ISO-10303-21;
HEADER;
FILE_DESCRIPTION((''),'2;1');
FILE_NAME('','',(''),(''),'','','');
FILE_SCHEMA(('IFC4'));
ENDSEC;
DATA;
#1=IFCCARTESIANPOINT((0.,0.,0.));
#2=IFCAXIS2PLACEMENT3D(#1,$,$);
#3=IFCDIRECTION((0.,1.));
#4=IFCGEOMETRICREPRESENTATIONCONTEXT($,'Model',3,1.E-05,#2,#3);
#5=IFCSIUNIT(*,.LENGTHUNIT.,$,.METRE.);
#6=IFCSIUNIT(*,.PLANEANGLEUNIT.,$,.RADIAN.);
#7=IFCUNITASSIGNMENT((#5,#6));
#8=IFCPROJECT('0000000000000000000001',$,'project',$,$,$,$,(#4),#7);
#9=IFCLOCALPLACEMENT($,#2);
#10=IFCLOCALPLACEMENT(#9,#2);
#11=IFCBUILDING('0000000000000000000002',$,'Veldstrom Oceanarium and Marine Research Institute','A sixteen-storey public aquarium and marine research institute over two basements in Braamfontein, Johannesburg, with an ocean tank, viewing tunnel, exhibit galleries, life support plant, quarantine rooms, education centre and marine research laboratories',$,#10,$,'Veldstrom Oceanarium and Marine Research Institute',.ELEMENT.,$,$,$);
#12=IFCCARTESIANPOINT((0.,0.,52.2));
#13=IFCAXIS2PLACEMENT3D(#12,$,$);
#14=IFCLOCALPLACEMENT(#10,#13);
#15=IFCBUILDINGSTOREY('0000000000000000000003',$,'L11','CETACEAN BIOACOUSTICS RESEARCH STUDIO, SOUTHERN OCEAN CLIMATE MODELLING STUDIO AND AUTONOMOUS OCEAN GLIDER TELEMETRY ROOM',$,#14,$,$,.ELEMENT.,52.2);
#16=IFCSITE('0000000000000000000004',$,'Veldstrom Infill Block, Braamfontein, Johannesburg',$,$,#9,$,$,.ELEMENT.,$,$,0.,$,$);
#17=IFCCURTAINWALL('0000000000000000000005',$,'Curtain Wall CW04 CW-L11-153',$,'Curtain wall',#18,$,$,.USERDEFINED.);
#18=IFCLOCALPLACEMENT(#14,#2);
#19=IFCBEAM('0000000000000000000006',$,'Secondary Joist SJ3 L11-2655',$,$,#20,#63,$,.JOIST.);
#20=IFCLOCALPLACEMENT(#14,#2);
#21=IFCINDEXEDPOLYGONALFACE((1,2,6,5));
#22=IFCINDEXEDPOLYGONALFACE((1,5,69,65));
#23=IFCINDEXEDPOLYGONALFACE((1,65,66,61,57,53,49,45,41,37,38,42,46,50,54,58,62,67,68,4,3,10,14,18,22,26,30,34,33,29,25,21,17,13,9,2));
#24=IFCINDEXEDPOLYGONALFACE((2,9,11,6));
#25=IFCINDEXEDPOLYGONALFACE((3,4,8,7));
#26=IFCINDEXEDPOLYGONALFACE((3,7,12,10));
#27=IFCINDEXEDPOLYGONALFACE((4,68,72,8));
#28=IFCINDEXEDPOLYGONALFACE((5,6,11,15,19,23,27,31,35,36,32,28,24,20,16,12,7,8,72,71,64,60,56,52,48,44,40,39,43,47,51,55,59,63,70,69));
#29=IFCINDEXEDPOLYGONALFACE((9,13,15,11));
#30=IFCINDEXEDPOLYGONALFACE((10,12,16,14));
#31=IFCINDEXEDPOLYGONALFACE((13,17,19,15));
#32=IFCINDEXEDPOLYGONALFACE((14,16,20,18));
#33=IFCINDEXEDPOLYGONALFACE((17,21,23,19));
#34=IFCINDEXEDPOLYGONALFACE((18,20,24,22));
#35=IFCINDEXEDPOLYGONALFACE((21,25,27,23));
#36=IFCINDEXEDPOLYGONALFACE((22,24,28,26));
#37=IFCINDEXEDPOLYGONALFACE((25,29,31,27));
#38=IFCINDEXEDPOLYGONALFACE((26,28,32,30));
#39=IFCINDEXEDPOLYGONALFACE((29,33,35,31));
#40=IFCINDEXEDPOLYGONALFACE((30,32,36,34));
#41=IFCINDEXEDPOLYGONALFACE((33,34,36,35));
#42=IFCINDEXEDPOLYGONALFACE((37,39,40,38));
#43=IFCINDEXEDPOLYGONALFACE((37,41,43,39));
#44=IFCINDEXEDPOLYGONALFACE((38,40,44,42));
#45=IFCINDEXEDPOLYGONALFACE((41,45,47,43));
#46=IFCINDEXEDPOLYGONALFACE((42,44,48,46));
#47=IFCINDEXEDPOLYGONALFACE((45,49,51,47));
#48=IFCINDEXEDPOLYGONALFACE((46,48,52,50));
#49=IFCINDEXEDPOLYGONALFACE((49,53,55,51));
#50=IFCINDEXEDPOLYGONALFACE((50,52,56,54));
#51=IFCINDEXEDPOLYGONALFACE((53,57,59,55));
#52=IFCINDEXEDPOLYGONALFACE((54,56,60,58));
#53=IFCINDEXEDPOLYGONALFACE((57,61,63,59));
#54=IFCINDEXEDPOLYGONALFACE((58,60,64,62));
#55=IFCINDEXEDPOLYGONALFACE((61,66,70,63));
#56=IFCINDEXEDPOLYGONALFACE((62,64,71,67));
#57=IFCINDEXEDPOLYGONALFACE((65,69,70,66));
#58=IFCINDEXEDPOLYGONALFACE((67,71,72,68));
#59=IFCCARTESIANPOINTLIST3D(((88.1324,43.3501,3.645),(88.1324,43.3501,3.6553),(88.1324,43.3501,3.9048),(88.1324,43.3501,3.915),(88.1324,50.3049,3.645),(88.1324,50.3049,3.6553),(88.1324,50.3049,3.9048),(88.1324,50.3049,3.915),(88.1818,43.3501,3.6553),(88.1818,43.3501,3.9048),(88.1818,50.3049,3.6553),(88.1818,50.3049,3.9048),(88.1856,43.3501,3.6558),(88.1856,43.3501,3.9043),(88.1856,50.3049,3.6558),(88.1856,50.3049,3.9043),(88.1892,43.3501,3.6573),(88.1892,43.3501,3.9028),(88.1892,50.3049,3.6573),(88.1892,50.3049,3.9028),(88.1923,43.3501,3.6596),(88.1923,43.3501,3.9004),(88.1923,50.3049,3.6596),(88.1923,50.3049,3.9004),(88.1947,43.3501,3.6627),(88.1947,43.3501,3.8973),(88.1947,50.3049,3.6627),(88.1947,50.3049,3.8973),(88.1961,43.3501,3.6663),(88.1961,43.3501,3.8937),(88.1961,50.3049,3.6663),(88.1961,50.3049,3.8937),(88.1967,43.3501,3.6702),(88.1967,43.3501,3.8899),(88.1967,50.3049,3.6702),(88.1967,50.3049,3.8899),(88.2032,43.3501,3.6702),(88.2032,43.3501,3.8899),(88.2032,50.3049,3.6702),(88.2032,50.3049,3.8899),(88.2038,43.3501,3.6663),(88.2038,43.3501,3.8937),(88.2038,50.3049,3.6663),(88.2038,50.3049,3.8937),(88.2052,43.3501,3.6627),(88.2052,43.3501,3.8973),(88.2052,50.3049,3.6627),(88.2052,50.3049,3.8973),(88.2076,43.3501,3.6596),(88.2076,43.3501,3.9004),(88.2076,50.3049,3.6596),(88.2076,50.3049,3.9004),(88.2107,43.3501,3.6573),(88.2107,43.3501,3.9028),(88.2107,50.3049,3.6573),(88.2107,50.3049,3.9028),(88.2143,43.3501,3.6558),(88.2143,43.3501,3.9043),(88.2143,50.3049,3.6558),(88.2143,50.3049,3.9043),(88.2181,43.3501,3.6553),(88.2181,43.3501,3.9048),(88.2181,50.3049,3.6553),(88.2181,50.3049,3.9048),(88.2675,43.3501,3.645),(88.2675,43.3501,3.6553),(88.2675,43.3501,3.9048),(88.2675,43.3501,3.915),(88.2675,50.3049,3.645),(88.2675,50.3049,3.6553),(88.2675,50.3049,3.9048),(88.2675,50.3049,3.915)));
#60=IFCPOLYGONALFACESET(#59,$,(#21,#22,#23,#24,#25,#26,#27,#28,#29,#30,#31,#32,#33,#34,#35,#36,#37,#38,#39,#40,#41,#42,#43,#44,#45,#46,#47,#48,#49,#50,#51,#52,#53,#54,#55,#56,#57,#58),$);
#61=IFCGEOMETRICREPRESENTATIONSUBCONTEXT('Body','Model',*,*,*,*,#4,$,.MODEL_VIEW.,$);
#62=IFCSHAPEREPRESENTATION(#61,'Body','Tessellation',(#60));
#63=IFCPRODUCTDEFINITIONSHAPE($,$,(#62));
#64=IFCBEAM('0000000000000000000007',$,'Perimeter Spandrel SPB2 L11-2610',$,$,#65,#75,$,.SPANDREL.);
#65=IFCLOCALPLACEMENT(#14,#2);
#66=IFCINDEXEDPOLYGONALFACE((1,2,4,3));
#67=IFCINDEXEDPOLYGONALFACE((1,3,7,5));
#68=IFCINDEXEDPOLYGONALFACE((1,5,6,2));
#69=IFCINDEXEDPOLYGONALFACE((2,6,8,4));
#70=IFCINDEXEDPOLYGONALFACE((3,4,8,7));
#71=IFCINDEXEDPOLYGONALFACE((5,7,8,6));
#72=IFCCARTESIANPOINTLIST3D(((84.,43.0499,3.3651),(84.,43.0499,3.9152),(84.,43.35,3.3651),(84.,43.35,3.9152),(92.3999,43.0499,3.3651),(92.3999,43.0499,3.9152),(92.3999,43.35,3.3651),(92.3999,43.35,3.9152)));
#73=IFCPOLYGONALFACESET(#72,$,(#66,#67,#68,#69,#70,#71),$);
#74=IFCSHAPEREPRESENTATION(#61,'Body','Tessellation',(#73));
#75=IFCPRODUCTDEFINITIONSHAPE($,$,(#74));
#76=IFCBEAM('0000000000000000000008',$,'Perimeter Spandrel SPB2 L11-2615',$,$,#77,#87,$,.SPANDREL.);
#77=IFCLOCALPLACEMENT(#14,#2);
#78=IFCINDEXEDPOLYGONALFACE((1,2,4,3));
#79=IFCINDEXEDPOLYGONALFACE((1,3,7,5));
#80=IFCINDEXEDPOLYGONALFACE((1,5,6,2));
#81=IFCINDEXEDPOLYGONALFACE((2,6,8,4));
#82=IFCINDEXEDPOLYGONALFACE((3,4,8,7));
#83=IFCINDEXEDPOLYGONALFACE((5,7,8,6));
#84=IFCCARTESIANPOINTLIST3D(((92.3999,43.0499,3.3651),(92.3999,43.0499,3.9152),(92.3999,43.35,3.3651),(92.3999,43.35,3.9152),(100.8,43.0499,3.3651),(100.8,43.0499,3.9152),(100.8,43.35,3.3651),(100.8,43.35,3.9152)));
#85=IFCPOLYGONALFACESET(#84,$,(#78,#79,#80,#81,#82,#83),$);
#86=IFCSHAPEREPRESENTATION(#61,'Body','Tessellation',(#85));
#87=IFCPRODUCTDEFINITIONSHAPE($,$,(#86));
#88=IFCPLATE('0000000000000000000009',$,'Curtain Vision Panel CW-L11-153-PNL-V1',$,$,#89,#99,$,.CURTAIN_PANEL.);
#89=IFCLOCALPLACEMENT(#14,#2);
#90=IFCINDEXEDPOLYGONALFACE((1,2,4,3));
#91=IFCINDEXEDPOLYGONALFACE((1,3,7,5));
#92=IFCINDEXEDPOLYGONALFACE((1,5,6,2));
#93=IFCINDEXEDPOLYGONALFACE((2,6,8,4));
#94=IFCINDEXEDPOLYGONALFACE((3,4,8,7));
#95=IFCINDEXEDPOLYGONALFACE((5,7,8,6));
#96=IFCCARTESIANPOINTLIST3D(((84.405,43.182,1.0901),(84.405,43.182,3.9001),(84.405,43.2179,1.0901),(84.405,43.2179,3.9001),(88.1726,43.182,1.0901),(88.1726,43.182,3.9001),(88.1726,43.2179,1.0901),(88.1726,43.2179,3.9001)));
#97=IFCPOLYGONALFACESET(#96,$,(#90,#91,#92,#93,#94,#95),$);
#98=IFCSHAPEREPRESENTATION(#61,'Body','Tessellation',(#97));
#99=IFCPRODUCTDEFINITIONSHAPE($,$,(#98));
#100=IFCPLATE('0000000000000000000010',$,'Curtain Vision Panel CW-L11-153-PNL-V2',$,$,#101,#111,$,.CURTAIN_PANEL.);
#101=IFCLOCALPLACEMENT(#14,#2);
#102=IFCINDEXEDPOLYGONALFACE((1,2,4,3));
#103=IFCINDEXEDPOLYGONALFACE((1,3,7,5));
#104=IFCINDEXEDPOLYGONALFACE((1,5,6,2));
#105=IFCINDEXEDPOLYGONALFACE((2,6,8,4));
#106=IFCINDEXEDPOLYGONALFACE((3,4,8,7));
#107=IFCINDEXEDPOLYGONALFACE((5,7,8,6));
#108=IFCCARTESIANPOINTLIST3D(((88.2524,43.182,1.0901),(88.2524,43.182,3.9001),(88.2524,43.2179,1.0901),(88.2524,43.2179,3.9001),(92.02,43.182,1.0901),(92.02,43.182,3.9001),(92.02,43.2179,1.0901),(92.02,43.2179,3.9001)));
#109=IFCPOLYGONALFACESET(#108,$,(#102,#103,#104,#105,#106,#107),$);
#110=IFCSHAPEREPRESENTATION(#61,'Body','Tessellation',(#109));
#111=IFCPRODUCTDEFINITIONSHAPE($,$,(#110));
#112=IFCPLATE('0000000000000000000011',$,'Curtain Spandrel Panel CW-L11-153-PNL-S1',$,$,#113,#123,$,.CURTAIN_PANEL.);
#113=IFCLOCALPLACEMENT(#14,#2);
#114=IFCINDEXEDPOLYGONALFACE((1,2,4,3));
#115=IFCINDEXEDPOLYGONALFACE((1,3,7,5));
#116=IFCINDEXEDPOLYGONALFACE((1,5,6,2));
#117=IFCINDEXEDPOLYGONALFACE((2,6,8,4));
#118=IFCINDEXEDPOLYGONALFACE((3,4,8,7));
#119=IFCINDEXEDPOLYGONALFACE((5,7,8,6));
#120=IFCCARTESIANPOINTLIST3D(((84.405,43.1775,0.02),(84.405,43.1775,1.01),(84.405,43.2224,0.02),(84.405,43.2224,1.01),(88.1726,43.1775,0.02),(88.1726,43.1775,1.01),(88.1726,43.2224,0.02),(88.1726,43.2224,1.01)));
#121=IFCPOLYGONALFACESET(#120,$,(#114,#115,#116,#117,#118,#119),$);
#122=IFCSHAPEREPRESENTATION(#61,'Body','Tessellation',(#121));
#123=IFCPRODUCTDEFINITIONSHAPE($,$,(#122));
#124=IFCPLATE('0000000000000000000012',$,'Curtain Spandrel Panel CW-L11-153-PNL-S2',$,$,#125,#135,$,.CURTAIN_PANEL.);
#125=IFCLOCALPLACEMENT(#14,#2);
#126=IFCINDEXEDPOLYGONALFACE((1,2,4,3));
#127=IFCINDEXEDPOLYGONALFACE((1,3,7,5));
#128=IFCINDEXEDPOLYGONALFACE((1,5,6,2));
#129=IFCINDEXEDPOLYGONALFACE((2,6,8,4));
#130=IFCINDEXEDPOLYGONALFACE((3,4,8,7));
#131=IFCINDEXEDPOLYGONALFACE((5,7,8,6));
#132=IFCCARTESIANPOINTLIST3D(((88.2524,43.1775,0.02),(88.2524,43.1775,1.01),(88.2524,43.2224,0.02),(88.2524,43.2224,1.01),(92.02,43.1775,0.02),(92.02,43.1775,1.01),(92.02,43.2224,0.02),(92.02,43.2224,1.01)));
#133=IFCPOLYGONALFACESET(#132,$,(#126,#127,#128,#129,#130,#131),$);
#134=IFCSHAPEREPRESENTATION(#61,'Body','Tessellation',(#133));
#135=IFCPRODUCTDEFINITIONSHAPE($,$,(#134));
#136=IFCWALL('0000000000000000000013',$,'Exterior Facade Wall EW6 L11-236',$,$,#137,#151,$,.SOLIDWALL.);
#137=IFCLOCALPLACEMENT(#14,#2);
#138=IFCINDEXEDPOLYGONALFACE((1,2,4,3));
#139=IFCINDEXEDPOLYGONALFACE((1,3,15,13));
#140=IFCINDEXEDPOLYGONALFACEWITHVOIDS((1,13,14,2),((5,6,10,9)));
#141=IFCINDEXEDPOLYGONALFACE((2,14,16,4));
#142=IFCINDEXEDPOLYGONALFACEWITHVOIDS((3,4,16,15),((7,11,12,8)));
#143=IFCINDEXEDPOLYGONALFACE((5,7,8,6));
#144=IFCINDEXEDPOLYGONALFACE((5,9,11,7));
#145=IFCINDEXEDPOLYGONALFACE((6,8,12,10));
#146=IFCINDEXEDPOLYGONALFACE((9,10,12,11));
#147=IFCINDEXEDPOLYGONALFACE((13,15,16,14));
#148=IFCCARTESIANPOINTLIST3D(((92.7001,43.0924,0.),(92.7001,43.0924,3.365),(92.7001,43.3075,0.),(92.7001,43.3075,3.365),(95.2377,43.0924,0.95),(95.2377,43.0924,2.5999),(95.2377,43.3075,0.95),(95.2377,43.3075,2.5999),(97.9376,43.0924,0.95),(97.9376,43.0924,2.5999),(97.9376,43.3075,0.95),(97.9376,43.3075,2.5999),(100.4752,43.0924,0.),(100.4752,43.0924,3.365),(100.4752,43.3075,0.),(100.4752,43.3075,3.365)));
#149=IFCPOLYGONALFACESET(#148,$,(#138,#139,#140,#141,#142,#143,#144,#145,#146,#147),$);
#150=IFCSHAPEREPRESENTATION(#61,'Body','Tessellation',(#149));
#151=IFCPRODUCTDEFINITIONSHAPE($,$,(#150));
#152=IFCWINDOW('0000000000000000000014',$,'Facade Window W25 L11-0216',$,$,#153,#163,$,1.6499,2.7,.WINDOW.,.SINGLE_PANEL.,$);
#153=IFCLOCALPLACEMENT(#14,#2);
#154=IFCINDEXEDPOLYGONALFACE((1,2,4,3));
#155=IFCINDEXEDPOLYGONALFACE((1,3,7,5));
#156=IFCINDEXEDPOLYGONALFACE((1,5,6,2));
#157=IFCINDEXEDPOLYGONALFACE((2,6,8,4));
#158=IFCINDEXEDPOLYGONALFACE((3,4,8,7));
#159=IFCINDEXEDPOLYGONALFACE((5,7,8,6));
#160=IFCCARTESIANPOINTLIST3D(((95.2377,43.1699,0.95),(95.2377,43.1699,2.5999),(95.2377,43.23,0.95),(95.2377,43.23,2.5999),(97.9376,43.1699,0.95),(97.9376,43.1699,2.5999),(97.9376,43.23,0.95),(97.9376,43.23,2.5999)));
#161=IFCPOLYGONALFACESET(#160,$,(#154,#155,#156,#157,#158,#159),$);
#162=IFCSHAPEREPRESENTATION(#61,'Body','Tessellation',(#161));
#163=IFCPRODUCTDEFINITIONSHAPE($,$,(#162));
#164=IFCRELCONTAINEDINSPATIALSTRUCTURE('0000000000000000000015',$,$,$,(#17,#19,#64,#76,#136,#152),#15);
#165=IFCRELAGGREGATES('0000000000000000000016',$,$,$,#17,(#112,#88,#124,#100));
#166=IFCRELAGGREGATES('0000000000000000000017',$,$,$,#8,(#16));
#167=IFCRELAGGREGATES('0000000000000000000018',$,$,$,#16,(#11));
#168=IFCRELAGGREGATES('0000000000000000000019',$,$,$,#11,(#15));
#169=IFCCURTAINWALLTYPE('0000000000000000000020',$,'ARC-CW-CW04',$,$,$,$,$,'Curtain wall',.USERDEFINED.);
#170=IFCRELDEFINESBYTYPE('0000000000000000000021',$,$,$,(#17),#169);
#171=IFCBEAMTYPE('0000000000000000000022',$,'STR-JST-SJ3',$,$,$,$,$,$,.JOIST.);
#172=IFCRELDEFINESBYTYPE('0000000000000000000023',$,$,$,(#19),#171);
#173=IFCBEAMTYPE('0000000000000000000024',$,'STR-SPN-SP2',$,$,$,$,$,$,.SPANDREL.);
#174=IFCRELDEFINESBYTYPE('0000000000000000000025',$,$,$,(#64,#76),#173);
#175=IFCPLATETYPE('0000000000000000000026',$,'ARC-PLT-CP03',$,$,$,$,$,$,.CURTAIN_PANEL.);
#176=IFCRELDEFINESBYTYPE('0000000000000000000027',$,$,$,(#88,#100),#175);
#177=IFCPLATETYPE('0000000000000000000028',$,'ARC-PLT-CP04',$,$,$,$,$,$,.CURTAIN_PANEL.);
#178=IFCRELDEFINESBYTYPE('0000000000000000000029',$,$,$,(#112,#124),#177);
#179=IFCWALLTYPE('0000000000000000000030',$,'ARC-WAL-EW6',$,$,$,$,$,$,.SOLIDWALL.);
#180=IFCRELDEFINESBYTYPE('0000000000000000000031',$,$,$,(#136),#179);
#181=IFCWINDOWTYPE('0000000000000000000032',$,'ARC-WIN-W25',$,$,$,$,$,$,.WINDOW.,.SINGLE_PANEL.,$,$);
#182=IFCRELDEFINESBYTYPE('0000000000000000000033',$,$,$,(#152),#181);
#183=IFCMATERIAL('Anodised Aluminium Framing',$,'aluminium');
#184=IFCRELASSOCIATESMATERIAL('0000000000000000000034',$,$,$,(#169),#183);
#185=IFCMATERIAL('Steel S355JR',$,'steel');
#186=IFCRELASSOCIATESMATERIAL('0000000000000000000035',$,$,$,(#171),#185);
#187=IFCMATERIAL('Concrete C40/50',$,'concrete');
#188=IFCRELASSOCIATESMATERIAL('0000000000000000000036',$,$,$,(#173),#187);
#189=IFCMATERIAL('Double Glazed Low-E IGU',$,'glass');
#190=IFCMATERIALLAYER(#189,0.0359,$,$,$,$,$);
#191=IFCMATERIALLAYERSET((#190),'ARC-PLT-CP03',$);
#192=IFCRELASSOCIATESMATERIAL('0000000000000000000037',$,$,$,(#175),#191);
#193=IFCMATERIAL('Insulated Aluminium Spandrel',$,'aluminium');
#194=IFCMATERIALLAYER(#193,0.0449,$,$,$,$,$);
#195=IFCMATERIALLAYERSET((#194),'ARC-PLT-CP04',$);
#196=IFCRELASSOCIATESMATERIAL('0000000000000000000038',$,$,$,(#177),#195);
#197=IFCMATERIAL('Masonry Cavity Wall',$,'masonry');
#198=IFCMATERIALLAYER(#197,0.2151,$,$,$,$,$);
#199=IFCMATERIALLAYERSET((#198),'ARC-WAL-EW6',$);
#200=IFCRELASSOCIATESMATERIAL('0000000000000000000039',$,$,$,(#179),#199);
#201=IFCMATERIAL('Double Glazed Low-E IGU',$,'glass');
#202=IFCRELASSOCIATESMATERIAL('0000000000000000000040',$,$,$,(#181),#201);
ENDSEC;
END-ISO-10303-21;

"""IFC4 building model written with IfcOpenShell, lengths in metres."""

from ifc_helpers import new_model, si_unit, direction, frame, frame_2d, origin, origin_2d, place, context, subcontext, project, spatial, rectangle, i_section, extrude, material, layer, layer_set, material_profile, profile_set, type_object, element, fill, aggregate, save


model = new_model("IFC4")

# Units and contexts
model_context = context("Model", 3, precision=1e-05, world=origin(), true_north=direction((0.0, 1.0)))
body_context = subcontext(model_context, "Body", "Model", "MODEL_VIEW")
ifc_project = project(units=[si_unit("LENGTHUNIT", "METRE"), si_unit("PLANEANGLEUNIT", "RADIAN")], contexts=[model_context])

# Site, building, storey
site_placement = place(None, origin())
site = spatial("IfcSite", under=ifc_project, at=site_placement, Name="Veldstrom Infill Block, Braamfontein, Johannesburg", CompositionType="ELEMENT", RefElevation=0.0)
building_placement = place(site_placement, origin())
building = spatial("IfcBuilding", under=site, at=building_placement, Name="Veldstrom Oceanarium and Marine Research Institute", Description="A sixteen-storey public aquarium and marine research institute over two basements in Braamfontein, Johannesburg, with an ocean tank, viewing tunnel, exhibit galleries, life support plant, quarantine rooms, education centre and marine research laboratories", LongName="Veldstrom Oceanarium and Marine Research Institute", CompositionType="ELEMENT")
storey_placement = place(building_placement, frame((0.0, 0.0, 52.2)))
storey = spatial("IfcBuildingStorey", under=building, at=storey_placement, Name="L11", Description="CETACEAN BIOACOUSTICS RESEARCH STUDIO, SOUTHERN OCEAN CLIMATE MODELLING STUDIO AND AUTONOMOUS OCEAN GLIDER TELEMETRY ROOM", CompositionType="ELEMENT", Elevation=52.2)

# Curtain wall
ifc_material_1 = material(Name="Anodised Aluminium Framing", Category="aluminium")
curtain_wall_type = type_object("IfcCurtainWallType", Name="ARC-CW-CW04", ElementType="Curtain wall", PredefinedType="USERDEFINED", material=ifc_material_1)
curtain_wall_placement = place(storey_placement, origin())
curtain_wall = element("IfcCurtainWall", 1, at=curtain_wall_placement, inside=storey, type_object=curtain_wall_type, Name="Curtain Wall CW04 CW-L11-153", ObjectType="Curtain wall", PredefinedType="USERDEFINED")

# Beams
ifc_material_2 = material(Name="Steel S355JR", Category="steel")
ifc_material_profile_1 = material_profile(ifc_material_2, i_section(OverallWidth=0.135, OverallDepth=0.27, WebThickness=0.0066, FlangeThickness=0.0103, FilletRadius=0.0149, at=origin_2d()), Name="IPE 270")
ifc_profile_set_1 = profile_set([ifc_material_profile_1], Name="Steel S355JR")
beam_type_1 = type_object("IfcBeamType", Name="STR-JST-SJ3", PredefinedType="JOIST", material=ifc_profile_set_1)
beam_1_placement = place(storey_placement, frame((88.2, 43.3501, 3.78), z_axis=(0.0, 1.0, 0.0), x_axis=(-1.0, 0.0, 0.0)))
element("IfcBeam", 2, at=beam_1_placement, inside=storey, type_object=beam_type_1, Name="Secondary Joist SJ3 L11-2655", PredefinedType="JOIST", context=body_context, shape_type="SweptSolid", body=[
    extrude(i_section(OverallWidth=0.135, OverallDepth=0.27, WebThickness=0.0066, FlangeThickness=0.0103, FilletRadius=0.0149, at=origin_2d()), origin(), (0.0, 0.0, 1.0), 6.9548),
])
ifc_material_3 = material(Name="Concrete C40/50", Category="concrete")
ifc_material_profile_2 = material_profile(ifc_material_3, rectangle(XDim=0.3, YDim=0.55, at=origin_2d()), Name="RC-SPN-300x550")
ifc_profile_set_2 = profile_set([ifc_material_profile_2], Name="Concrete C40/50")
beam_type_2 = type_object("IfcBeamType", Name="STR-SPN-SP2", PredefinedType="SPANDREL", material=ifc_profile_set_2)
beam_2_placement = place(storey_placement, frame((84.0, 43.2, 3.6401), z_axis=(1.0, 0.0, 0.0), x_axis=(0.0, 1.0, 0.0)))
element("IfcBeam", 3, at=beam_2_placement, inside=storey, type_object=beam_type_2, Name="Perimeter Spandrel SPB2 L11-2610", PredefinedType="SPANDREL", context=body_context, shape_type="SweptSolid", body=[
    extrude(rectangle(XDim=0.3, YDim=0.55, at=origin_2d()), origin(), (0.0, 0.0, 1.0), 8.3999),
])
beam_3_placement = place(storey_placement, frame((92.3999, 43.2, 3.6401), z_axis=(1.0, 0.0, 0.0), x_axis=(0.0, 1.0, 0.0)))
element("IfcBeam", 4, at=beam_3_placement, inside=storey, type_object=beam_type_2, Name="Perimeter Spandrel SPB2 L11-2615", PredefinedType="SPANDREL", context=body_context, shape_type="SweptSolid", body=[
    extrude(rectangle(XDim=0.3, YDim=0.55, at=origin_2d()), origin(), (0.0, 0.0, 1.0), 8.4001),
])

# Plates
ifc_material_4 = material(Name="Double Glazed Low-E IGU", Category="glass")
ifc_layer_1 = layer(ifc_material_4, 0.0359)
ifc_layer_set_1 = layer_set([ifc_layer_1], Name="ARC-PLT-CP03")
plate_type_1 = type_object("IfcPlateType", Name="ARC-PLT-CP03", PredefinedType="CURTAIN_PANEL", material=ifc_layer_set_1)
plate_1_placement = place(storey_placement, frame((86.2888, 43.2, 1.0901), z_axis=(0.0, 0.0, 1.0), x_axis=(1.0, 0.0, 0.0)))
plate_1 = element("IfcPlate", 5, at=plate_1_placement, type_object=plate_type_1, Name="Curtain Vision Panel CW-L11-153-PNL-V1", PredefinedType="CURTAIN_PANEL", context=body_context, shape_type="SweptSolid", body=[
    extrude(rectangle(XDim=3.7676, YDim=0.0359, at=origin_2d()), origin(), (0.0, 0.0, 1.0), 2.8101),
])
plate_2_placement = place(storey_placement, frame((90.1362, 43.2, 1.0901), z_axis=(0.0, 0.0, 1.0), x_axis=(1.0, 0.0, 0.0)))
plate_2 = element("IfcPlate", 6, at=plate_2_placement, type_object=plate_type_1, Name="Curtain Vision Panel CW-L11-153-PNL-V2", PredefinedType="CURTAIN_PANEL", context=body_context, shape_type="SweptSolid", body=[
    extrude(rectangle(XDim=3.7676, YDim=0.0359, at=origin_2d()), origin(), (0.0, 0.0, 1.0), 2.8101),
])
ifc_material_5 = material(Name="Insulated Aluminium Spandrel", Category="aluminium")
ifc_layer_2 = layer(ifc_material_5, 0.0449)
ifc_layer_set_2 = layer_set([ifc_layer_2], Name="ARC-PLT-CP04")
plate_type_2 = type_object("IfcPlateType", Name="ARC-PLT-CP04", PredefinedType="CURTAIN_PANEL", material=ifc_layer_set_2)
plate_3_placement = place(storey_placement, frame((86.2888, 43.2, 0.02), z_axis=(0.0, 0.0, 1.0), x_axis=(1.0, 0.0, 0.0)))
plate_3 = element("IfcPlate", 7, at=plate_3_placement, type_object=plate_type_2, Name="Curtain Spandrel Panel CW-L11-153-PNL-S1", PredefinedType="CURTAIN_PANEL", context=body_context, shape_type="SweptSolid", body=[
    extrude(rectangle(XDim=3.7676, YDim=0.0449, at=origin_2d()), origin(), (0.0, 0.0, 1.0), 0.99),
])
plate_4_placement = place(storey_placement, frame((90.1362, 43.2, 0.02), z_axis=(0.0, 0.0, 1.0), x_axis=(1.0, 0.0, 0.0)))
plate_4 = element("IfcPlate", 8, at=plate_4_placement, type_object=plate_type_2, Name="Curtain Spandrel Panel CW-L11-153-PNL-S2", PredefinedType="CURTAIN_PANEL", context=body_context, shape_type="SweptSolid", body=[
    extrude(rectangle(XDim=3.7676, YDim=0.0449, at=origin_2d()), origin(), (0.0, 0.0, 1.0), 0.99),
])
aggregate(curtain_wall, [plate_3, plate_1, plate_4, plate_2])

# Wall, opening, window
ifc_material_6 = material(Name="Masonry Cavity Wall", Category="masonry")
ifc_layer_3 = layer(ifc_material_6, 0.2151)
ifc_layer_set_3 = layer_set([ifc_layer_3], Name="ARC-WAL-EW6")
wall_type = type_object("IfcWallType", Name="ARC-WAL-EW6", PredefinedType="SOLIDWALL", material=ifc_layer_set_3)
wall_placement = place(storey_placement, frame((92.7, 43.2, 0.0), z_axis=(0.0, 0.0, 1.0), x_axis=(1.0, 0.0, 0.0)))
wall = element("IfcWall", 9, at=wall_placement, inside=storey, type_object=wall_type, Name="Exterior Facade Wall EW6 L11-236", PredefinedType="SOLIDWALL", context=body_context, shape_type="SweptSolid", body=[
    extrude(rectangle(XDim=7.7751, YDim=0.2151, at=frame_2d((3.8877, 0.0))), origin(), (0.0, 0.0, 1.0), 3.365),
])
opening_placement = place(wall_placement, frame((2.5376, 0.0, 0.95)))
opening = element("IfcOpeningElement", 10, at=opening_placement, cuts=wall, PredefinedType="OPENING", context=body_context, shape_type="SweptSolid", body=[
    extrude(rectangle(XDim=2.7, YDim=1.6499, at=frame_2d((1.3501, 0.825))), frame((0.0, 0.1174, 0.0), z_axis=(0.0, -1.0, 0.0), x_axis=(1.0, 0.0, 0.0)), (0.0, 0.0, 1.0), 0.2351),
])
ifc_material_7 = material(Name="Double Glazed Low-E IGU", Category="glass")
window_type = type_object("IfcWindowType", Name="ARC-WIN-W25", PartitioningType="SINGLE_PANEL", PredefinedType="WINDOW", material=ifc_material_7)
window_placement = place(opening_placement, origin())
window = element("IfcWindow", 11, at=window_placement, inside=storey, type_object=window_type, Name="Facade Window W25 L11-0216", OverallHeight=1.6499, OverallWidth=2.7, PartitioningType="SINGLE_PANEL", PredefinedType="WINDOW", context=body_context, shape_type="SweptSolid", body=[
    extrude(rectangle(XDim=2.7, YDim=1.6499, at=frame_2d((1.3501, 0.825))), frame((0.0, 0.03, 0.0), z_axis=(0.0, -1.0, 0.0), x_axis=(1.0, 0.0, 0.0)), (0.0, 0.0, 1.0), 0.0601),
])
fill(opening, window)

save(model, "model.ifc")
